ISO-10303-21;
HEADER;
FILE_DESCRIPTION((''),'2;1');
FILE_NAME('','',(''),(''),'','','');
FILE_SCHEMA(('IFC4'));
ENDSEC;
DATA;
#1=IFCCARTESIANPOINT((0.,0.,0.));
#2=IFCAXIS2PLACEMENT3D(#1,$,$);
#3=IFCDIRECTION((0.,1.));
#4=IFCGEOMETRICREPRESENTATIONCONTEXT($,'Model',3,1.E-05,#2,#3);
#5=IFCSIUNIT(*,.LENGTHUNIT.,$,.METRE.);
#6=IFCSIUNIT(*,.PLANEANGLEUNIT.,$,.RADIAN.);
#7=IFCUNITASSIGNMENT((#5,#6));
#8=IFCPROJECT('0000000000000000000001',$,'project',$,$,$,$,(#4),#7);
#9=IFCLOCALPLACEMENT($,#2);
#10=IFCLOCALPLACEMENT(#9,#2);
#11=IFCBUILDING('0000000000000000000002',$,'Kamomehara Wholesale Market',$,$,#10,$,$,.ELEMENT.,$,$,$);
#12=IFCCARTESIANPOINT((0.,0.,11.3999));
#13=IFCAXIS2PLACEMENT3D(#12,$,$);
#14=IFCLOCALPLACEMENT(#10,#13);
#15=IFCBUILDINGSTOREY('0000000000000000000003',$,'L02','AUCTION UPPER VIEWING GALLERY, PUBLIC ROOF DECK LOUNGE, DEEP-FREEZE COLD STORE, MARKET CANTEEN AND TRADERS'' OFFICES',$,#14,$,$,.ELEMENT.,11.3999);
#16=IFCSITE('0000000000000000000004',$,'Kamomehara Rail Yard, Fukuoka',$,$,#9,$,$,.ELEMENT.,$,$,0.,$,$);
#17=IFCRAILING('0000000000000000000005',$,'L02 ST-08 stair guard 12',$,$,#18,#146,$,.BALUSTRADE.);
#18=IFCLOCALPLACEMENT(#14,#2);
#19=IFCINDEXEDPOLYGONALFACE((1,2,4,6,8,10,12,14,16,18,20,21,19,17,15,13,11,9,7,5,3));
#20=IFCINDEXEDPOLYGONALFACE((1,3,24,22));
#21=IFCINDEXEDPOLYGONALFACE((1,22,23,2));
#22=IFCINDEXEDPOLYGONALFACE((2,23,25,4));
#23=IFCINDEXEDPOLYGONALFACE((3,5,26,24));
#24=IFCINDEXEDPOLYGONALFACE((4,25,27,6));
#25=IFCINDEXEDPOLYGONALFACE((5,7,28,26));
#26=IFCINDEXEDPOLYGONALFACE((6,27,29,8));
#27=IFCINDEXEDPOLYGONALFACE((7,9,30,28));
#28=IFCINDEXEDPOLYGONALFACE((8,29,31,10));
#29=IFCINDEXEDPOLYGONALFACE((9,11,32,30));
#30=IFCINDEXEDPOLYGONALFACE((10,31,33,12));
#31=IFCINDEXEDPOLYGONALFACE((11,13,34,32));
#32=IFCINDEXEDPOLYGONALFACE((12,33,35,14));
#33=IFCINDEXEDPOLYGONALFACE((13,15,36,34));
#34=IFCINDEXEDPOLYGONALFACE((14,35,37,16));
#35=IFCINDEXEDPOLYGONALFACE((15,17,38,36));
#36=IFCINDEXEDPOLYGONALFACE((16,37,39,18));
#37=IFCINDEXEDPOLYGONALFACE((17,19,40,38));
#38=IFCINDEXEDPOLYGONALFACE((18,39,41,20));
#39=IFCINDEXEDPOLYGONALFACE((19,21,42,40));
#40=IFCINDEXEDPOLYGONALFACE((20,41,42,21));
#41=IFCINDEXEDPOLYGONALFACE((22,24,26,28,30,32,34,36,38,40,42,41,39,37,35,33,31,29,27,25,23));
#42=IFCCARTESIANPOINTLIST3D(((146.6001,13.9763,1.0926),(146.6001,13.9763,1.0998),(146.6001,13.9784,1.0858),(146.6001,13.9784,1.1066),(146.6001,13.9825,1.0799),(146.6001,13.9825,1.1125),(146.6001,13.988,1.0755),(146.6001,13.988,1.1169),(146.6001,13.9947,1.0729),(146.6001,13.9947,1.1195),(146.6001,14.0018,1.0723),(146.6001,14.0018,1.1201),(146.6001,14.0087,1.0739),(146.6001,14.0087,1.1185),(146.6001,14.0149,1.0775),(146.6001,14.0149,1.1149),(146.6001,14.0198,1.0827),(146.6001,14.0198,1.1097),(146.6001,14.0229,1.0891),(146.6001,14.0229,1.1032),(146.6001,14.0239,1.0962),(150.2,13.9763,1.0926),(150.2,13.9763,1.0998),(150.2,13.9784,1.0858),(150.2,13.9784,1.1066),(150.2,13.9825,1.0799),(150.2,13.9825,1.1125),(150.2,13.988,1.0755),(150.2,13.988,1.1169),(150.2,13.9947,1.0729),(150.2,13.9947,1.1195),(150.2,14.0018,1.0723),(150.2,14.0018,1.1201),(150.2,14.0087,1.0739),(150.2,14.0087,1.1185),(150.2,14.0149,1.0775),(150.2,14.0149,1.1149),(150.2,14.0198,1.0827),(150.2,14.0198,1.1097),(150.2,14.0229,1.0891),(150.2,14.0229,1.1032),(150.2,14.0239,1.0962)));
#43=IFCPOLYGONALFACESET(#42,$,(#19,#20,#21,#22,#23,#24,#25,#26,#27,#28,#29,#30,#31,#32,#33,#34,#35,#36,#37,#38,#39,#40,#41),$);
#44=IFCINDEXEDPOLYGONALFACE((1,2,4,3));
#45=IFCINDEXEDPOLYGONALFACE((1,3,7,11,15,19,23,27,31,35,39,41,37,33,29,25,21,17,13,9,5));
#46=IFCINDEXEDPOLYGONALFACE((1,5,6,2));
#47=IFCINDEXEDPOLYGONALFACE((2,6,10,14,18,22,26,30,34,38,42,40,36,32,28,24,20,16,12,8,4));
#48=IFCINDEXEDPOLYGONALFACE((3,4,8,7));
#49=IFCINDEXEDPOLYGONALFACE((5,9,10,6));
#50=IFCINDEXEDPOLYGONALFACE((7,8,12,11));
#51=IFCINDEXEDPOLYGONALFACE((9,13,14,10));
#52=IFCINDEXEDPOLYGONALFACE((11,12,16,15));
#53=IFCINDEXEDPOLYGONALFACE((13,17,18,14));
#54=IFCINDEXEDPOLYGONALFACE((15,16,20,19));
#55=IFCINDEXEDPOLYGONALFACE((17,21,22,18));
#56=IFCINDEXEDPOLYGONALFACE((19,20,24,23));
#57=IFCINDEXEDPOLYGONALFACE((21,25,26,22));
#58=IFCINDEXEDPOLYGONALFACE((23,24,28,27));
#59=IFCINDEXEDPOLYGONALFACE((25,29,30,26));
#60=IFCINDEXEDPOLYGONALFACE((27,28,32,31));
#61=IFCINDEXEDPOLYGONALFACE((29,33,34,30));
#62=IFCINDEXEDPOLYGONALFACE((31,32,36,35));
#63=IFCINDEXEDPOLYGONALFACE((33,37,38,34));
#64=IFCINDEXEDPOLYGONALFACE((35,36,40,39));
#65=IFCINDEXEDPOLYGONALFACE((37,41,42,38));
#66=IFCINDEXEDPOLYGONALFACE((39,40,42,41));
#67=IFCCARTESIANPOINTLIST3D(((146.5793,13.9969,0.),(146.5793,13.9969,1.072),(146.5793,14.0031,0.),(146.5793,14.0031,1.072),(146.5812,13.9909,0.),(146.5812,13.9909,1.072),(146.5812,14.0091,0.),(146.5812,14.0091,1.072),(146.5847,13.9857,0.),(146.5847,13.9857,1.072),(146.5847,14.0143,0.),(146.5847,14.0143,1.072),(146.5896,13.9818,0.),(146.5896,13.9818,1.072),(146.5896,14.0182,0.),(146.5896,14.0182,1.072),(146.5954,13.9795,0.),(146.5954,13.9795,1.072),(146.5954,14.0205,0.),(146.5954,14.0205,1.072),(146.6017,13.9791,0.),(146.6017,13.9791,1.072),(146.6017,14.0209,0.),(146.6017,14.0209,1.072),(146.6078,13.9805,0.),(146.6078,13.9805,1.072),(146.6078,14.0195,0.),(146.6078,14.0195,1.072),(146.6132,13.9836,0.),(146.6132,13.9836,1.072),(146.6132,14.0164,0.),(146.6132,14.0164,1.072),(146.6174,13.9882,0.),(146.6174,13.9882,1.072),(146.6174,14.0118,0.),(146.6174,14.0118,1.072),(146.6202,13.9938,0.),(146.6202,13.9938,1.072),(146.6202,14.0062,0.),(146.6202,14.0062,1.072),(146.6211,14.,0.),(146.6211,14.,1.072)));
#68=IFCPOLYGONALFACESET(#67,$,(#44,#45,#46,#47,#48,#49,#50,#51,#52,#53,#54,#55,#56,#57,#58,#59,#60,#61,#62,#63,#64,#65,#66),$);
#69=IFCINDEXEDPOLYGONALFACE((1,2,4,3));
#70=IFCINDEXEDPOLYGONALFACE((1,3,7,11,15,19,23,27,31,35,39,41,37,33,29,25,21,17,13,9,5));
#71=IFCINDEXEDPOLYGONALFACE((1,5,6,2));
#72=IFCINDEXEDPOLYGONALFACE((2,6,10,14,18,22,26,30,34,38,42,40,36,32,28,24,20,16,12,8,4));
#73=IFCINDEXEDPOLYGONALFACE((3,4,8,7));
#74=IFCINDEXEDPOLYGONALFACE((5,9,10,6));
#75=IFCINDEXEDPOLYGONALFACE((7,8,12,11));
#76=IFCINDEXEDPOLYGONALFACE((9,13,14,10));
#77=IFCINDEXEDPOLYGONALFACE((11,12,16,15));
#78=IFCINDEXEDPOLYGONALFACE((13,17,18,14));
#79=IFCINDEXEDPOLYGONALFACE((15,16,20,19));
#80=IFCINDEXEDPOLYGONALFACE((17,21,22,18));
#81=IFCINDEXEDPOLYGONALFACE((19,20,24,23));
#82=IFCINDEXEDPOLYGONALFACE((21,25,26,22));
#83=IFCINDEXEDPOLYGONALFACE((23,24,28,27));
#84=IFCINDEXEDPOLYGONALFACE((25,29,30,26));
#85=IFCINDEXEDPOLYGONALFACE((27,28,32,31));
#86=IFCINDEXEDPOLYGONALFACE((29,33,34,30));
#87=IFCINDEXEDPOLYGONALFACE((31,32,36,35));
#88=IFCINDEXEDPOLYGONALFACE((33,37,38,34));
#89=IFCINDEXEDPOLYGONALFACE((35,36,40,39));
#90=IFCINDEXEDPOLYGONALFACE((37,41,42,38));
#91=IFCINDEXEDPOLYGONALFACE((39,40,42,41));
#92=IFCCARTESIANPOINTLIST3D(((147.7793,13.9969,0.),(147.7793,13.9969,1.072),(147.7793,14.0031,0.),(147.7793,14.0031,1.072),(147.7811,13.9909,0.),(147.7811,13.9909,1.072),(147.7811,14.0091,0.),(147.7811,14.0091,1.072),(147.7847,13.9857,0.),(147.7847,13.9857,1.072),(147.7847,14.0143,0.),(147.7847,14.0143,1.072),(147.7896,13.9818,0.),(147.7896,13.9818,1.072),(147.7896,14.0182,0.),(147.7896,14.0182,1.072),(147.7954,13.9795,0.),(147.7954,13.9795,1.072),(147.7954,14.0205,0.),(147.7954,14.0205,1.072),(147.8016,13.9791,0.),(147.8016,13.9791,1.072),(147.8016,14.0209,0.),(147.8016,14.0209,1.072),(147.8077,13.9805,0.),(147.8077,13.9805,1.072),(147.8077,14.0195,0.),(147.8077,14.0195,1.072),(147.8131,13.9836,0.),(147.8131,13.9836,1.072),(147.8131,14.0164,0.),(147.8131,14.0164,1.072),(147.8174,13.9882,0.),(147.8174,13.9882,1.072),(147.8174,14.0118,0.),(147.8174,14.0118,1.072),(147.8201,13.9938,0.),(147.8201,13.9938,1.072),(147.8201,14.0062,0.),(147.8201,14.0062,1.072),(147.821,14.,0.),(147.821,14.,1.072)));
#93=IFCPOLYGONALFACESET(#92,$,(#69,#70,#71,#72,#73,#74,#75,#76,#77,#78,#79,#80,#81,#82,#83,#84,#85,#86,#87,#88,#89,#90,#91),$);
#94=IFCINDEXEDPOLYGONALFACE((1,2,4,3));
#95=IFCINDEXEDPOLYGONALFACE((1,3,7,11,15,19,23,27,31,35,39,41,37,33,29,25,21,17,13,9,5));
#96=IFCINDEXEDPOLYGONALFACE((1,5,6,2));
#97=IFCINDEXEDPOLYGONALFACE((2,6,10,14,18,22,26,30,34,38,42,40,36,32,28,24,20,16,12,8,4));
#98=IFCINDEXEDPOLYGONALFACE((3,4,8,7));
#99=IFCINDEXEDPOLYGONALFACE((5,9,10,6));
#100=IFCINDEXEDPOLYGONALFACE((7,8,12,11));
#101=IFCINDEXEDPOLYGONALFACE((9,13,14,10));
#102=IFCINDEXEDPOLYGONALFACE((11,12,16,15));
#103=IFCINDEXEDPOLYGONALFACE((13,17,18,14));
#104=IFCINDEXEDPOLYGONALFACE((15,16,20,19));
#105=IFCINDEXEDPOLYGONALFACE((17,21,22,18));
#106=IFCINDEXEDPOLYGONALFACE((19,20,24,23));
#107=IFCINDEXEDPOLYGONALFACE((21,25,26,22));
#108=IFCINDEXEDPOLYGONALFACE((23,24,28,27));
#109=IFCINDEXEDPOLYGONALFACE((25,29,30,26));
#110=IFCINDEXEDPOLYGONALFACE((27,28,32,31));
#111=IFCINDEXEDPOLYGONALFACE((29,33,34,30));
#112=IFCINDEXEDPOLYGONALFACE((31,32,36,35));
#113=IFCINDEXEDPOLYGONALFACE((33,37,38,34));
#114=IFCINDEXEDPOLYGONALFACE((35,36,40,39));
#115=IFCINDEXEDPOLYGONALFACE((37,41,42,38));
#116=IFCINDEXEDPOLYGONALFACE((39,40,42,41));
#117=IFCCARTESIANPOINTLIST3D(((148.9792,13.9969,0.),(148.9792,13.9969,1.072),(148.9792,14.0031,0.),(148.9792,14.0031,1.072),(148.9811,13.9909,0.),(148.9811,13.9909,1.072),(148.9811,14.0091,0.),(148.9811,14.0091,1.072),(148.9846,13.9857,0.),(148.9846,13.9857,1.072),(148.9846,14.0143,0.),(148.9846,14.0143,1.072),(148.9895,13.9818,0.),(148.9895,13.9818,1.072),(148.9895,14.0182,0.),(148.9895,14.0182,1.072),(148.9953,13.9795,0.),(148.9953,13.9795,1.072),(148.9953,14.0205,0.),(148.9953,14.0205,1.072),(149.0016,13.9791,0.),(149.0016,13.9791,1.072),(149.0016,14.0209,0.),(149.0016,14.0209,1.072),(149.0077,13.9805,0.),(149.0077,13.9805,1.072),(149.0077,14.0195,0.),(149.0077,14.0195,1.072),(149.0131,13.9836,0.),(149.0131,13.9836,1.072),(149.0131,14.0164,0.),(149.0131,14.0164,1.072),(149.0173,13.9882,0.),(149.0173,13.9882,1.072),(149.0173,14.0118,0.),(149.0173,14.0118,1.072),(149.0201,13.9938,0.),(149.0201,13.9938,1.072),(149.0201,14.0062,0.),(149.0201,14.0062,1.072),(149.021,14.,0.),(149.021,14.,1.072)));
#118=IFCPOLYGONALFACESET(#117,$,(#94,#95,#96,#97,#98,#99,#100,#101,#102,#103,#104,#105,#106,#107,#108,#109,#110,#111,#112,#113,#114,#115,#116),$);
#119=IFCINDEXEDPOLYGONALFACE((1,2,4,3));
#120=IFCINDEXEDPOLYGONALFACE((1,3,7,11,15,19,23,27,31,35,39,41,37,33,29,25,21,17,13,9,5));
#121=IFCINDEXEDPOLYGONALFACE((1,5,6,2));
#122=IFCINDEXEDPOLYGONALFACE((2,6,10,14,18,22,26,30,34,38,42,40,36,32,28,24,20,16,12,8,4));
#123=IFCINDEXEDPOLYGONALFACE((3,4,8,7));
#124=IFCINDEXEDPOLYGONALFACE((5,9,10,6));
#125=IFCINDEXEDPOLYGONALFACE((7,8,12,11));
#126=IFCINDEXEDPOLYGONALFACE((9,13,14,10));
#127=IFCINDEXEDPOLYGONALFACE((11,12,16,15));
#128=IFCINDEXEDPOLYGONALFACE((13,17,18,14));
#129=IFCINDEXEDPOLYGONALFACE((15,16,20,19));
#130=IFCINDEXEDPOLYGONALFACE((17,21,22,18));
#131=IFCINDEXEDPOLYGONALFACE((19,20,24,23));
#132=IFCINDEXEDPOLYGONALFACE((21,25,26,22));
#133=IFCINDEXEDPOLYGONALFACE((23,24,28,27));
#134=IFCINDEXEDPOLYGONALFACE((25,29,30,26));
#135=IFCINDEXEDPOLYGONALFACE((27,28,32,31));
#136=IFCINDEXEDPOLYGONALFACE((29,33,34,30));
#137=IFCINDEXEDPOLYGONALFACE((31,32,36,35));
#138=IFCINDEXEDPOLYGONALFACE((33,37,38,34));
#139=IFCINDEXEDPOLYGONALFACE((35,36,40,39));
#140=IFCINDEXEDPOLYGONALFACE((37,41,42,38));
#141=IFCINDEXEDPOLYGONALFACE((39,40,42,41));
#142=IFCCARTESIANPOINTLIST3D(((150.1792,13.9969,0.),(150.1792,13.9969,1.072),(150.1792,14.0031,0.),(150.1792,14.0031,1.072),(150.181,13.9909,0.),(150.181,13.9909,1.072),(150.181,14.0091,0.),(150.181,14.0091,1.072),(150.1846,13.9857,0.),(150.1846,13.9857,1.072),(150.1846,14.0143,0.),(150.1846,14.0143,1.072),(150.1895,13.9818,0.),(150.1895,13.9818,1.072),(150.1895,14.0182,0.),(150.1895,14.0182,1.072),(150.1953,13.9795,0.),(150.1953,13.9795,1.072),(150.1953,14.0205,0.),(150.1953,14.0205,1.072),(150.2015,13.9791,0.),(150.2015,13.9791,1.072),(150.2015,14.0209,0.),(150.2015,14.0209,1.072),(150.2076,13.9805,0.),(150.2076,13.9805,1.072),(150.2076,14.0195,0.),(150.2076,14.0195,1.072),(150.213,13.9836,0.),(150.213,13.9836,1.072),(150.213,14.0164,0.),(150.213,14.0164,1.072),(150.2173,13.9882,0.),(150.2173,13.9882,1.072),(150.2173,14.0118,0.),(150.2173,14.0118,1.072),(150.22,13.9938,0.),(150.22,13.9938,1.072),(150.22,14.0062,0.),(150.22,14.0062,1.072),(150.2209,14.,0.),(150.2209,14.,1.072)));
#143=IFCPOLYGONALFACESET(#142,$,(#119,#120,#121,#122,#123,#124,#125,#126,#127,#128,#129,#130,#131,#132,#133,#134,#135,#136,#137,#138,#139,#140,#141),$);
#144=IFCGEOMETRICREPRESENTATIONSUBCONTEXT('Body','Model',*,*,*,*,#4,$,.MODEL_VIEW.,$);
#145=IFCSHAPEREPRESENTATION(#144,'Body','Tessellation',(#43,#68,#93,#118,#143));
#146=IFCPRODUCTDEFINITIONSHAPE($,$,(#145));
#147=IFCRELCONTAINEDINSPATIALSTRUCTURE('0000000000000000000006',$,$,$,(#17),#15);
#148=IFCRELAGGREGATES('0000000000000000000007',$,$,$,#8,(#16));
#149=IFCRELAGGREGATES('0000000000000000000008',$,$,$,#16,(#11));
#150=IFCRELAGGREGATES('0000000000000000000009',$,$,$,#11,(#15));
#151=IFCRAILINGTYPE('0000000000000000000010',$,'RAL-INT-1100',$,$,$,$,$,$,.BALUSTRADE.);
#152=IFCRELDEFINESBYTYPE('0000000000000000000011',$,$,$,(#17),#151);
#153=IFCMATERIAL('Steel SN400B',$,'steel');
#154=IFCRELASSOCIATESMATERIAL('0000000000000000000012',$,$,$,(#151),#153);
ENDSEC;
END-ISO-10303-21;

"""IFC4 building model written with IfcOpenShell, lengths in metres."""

from ifc_helpers import new_model, si_unit, direction, frame, origin, origin_2d, place, context, subcontext, project, spatial, circle, extrude, material, type_object, element, save


model = new_model("IFC4")

# Units and contexts
model_context = context("Model", 3, precision=1e-05, world=origin(), true_north=direction((0.0, 1.0)))
body_context = subcontext(model_context, "Body", "Model", "MODEL_VIEW")
ifc_project = project(units=[si_unit("LENGTHUNIT", "METRE"), si_unit("PLANEANGLEUNIT", "RADIAN")], contexts=[model_context])

# Site, building, storey
site_placement = place(None, origin())
site = spatial("IfcSite", under=ifc_project, at=site_placement, Name="Kamomehara Rail Yard, Fukuoka", CompositionType="ELEMENT", RefElevation=0.0)
building_placement = place(site_placement, origin())
building = spatial("IfcBuilding", under=site, at=building_placement, Name="Kamomehara Wholesale Market", CompositionType="ELEMENT")
storey_placement = place(building_placement, frame((0.0, 0.0, 11.3999)))
storey = spatial("IfcBuildingStorey", under=building, at=storey_placement, Name="L02", Description="AUCTION UPPER VIEWING GALLERY, PUBLIC ROOF DECK LOUNGE, DEEP-FREEZE COLD STORE, MARKET CANTEEN AND TRADERS' OFFICES", CompositionType="ELEMENT", Elevation=11.3999)

# Railing
ifc_material_1 = material(Name="Steel SN400B", Category="steel")
railing_type_1 = type_object("IfcRailingType", Name="RAL-INT-1100", PredefinedType="BALUSTRADE", material=ifc_material_1)
railing_1_placement = place(storey_placement, frame((146.6001, 14.0, 0.0)))
element("IfcRailing", 1, at=railing_1_placement, inside=storey, type_object=railing_type_1, Name="L02 ST-08 stair guard 12", PredefinedType="BALUSTRADE", context=body_context, shape_type="SweptSolid", body=[
    extrude(circle(Radius=0.0239, at=origin_2d()), frame((0.0, 0.0, 1.0962), z_axis=(1.0, 0.0, 0.0), x_axis=(0.0, 1.0, 0.0)), (0.0, 0.0, 1.0), 3.5999),
    extrude(circle(Radius=0.021, at=origin_2d()), origin(), (0.0, 0.0, 1.0), 1.072),
    extrude(circle(Radius=0.021, at=origin_2d()), frame((1.2, 0.0, 0.0)), (0.0, 0.0, 1.0), 1.072),
    extrude(circle(Radius=0.021, at=origin_2d()), frame((2.3999, 0.0, 0.0)), (0.0, 0.0, 1.0), 1.072),
    extrude(circle(Radius=0.021, at=origin_2d()), frame((3.5999, 0.0, 0.0)), (0.0, 0.0, 1.0), 1.072),
])

save(model, "model.ifc")
